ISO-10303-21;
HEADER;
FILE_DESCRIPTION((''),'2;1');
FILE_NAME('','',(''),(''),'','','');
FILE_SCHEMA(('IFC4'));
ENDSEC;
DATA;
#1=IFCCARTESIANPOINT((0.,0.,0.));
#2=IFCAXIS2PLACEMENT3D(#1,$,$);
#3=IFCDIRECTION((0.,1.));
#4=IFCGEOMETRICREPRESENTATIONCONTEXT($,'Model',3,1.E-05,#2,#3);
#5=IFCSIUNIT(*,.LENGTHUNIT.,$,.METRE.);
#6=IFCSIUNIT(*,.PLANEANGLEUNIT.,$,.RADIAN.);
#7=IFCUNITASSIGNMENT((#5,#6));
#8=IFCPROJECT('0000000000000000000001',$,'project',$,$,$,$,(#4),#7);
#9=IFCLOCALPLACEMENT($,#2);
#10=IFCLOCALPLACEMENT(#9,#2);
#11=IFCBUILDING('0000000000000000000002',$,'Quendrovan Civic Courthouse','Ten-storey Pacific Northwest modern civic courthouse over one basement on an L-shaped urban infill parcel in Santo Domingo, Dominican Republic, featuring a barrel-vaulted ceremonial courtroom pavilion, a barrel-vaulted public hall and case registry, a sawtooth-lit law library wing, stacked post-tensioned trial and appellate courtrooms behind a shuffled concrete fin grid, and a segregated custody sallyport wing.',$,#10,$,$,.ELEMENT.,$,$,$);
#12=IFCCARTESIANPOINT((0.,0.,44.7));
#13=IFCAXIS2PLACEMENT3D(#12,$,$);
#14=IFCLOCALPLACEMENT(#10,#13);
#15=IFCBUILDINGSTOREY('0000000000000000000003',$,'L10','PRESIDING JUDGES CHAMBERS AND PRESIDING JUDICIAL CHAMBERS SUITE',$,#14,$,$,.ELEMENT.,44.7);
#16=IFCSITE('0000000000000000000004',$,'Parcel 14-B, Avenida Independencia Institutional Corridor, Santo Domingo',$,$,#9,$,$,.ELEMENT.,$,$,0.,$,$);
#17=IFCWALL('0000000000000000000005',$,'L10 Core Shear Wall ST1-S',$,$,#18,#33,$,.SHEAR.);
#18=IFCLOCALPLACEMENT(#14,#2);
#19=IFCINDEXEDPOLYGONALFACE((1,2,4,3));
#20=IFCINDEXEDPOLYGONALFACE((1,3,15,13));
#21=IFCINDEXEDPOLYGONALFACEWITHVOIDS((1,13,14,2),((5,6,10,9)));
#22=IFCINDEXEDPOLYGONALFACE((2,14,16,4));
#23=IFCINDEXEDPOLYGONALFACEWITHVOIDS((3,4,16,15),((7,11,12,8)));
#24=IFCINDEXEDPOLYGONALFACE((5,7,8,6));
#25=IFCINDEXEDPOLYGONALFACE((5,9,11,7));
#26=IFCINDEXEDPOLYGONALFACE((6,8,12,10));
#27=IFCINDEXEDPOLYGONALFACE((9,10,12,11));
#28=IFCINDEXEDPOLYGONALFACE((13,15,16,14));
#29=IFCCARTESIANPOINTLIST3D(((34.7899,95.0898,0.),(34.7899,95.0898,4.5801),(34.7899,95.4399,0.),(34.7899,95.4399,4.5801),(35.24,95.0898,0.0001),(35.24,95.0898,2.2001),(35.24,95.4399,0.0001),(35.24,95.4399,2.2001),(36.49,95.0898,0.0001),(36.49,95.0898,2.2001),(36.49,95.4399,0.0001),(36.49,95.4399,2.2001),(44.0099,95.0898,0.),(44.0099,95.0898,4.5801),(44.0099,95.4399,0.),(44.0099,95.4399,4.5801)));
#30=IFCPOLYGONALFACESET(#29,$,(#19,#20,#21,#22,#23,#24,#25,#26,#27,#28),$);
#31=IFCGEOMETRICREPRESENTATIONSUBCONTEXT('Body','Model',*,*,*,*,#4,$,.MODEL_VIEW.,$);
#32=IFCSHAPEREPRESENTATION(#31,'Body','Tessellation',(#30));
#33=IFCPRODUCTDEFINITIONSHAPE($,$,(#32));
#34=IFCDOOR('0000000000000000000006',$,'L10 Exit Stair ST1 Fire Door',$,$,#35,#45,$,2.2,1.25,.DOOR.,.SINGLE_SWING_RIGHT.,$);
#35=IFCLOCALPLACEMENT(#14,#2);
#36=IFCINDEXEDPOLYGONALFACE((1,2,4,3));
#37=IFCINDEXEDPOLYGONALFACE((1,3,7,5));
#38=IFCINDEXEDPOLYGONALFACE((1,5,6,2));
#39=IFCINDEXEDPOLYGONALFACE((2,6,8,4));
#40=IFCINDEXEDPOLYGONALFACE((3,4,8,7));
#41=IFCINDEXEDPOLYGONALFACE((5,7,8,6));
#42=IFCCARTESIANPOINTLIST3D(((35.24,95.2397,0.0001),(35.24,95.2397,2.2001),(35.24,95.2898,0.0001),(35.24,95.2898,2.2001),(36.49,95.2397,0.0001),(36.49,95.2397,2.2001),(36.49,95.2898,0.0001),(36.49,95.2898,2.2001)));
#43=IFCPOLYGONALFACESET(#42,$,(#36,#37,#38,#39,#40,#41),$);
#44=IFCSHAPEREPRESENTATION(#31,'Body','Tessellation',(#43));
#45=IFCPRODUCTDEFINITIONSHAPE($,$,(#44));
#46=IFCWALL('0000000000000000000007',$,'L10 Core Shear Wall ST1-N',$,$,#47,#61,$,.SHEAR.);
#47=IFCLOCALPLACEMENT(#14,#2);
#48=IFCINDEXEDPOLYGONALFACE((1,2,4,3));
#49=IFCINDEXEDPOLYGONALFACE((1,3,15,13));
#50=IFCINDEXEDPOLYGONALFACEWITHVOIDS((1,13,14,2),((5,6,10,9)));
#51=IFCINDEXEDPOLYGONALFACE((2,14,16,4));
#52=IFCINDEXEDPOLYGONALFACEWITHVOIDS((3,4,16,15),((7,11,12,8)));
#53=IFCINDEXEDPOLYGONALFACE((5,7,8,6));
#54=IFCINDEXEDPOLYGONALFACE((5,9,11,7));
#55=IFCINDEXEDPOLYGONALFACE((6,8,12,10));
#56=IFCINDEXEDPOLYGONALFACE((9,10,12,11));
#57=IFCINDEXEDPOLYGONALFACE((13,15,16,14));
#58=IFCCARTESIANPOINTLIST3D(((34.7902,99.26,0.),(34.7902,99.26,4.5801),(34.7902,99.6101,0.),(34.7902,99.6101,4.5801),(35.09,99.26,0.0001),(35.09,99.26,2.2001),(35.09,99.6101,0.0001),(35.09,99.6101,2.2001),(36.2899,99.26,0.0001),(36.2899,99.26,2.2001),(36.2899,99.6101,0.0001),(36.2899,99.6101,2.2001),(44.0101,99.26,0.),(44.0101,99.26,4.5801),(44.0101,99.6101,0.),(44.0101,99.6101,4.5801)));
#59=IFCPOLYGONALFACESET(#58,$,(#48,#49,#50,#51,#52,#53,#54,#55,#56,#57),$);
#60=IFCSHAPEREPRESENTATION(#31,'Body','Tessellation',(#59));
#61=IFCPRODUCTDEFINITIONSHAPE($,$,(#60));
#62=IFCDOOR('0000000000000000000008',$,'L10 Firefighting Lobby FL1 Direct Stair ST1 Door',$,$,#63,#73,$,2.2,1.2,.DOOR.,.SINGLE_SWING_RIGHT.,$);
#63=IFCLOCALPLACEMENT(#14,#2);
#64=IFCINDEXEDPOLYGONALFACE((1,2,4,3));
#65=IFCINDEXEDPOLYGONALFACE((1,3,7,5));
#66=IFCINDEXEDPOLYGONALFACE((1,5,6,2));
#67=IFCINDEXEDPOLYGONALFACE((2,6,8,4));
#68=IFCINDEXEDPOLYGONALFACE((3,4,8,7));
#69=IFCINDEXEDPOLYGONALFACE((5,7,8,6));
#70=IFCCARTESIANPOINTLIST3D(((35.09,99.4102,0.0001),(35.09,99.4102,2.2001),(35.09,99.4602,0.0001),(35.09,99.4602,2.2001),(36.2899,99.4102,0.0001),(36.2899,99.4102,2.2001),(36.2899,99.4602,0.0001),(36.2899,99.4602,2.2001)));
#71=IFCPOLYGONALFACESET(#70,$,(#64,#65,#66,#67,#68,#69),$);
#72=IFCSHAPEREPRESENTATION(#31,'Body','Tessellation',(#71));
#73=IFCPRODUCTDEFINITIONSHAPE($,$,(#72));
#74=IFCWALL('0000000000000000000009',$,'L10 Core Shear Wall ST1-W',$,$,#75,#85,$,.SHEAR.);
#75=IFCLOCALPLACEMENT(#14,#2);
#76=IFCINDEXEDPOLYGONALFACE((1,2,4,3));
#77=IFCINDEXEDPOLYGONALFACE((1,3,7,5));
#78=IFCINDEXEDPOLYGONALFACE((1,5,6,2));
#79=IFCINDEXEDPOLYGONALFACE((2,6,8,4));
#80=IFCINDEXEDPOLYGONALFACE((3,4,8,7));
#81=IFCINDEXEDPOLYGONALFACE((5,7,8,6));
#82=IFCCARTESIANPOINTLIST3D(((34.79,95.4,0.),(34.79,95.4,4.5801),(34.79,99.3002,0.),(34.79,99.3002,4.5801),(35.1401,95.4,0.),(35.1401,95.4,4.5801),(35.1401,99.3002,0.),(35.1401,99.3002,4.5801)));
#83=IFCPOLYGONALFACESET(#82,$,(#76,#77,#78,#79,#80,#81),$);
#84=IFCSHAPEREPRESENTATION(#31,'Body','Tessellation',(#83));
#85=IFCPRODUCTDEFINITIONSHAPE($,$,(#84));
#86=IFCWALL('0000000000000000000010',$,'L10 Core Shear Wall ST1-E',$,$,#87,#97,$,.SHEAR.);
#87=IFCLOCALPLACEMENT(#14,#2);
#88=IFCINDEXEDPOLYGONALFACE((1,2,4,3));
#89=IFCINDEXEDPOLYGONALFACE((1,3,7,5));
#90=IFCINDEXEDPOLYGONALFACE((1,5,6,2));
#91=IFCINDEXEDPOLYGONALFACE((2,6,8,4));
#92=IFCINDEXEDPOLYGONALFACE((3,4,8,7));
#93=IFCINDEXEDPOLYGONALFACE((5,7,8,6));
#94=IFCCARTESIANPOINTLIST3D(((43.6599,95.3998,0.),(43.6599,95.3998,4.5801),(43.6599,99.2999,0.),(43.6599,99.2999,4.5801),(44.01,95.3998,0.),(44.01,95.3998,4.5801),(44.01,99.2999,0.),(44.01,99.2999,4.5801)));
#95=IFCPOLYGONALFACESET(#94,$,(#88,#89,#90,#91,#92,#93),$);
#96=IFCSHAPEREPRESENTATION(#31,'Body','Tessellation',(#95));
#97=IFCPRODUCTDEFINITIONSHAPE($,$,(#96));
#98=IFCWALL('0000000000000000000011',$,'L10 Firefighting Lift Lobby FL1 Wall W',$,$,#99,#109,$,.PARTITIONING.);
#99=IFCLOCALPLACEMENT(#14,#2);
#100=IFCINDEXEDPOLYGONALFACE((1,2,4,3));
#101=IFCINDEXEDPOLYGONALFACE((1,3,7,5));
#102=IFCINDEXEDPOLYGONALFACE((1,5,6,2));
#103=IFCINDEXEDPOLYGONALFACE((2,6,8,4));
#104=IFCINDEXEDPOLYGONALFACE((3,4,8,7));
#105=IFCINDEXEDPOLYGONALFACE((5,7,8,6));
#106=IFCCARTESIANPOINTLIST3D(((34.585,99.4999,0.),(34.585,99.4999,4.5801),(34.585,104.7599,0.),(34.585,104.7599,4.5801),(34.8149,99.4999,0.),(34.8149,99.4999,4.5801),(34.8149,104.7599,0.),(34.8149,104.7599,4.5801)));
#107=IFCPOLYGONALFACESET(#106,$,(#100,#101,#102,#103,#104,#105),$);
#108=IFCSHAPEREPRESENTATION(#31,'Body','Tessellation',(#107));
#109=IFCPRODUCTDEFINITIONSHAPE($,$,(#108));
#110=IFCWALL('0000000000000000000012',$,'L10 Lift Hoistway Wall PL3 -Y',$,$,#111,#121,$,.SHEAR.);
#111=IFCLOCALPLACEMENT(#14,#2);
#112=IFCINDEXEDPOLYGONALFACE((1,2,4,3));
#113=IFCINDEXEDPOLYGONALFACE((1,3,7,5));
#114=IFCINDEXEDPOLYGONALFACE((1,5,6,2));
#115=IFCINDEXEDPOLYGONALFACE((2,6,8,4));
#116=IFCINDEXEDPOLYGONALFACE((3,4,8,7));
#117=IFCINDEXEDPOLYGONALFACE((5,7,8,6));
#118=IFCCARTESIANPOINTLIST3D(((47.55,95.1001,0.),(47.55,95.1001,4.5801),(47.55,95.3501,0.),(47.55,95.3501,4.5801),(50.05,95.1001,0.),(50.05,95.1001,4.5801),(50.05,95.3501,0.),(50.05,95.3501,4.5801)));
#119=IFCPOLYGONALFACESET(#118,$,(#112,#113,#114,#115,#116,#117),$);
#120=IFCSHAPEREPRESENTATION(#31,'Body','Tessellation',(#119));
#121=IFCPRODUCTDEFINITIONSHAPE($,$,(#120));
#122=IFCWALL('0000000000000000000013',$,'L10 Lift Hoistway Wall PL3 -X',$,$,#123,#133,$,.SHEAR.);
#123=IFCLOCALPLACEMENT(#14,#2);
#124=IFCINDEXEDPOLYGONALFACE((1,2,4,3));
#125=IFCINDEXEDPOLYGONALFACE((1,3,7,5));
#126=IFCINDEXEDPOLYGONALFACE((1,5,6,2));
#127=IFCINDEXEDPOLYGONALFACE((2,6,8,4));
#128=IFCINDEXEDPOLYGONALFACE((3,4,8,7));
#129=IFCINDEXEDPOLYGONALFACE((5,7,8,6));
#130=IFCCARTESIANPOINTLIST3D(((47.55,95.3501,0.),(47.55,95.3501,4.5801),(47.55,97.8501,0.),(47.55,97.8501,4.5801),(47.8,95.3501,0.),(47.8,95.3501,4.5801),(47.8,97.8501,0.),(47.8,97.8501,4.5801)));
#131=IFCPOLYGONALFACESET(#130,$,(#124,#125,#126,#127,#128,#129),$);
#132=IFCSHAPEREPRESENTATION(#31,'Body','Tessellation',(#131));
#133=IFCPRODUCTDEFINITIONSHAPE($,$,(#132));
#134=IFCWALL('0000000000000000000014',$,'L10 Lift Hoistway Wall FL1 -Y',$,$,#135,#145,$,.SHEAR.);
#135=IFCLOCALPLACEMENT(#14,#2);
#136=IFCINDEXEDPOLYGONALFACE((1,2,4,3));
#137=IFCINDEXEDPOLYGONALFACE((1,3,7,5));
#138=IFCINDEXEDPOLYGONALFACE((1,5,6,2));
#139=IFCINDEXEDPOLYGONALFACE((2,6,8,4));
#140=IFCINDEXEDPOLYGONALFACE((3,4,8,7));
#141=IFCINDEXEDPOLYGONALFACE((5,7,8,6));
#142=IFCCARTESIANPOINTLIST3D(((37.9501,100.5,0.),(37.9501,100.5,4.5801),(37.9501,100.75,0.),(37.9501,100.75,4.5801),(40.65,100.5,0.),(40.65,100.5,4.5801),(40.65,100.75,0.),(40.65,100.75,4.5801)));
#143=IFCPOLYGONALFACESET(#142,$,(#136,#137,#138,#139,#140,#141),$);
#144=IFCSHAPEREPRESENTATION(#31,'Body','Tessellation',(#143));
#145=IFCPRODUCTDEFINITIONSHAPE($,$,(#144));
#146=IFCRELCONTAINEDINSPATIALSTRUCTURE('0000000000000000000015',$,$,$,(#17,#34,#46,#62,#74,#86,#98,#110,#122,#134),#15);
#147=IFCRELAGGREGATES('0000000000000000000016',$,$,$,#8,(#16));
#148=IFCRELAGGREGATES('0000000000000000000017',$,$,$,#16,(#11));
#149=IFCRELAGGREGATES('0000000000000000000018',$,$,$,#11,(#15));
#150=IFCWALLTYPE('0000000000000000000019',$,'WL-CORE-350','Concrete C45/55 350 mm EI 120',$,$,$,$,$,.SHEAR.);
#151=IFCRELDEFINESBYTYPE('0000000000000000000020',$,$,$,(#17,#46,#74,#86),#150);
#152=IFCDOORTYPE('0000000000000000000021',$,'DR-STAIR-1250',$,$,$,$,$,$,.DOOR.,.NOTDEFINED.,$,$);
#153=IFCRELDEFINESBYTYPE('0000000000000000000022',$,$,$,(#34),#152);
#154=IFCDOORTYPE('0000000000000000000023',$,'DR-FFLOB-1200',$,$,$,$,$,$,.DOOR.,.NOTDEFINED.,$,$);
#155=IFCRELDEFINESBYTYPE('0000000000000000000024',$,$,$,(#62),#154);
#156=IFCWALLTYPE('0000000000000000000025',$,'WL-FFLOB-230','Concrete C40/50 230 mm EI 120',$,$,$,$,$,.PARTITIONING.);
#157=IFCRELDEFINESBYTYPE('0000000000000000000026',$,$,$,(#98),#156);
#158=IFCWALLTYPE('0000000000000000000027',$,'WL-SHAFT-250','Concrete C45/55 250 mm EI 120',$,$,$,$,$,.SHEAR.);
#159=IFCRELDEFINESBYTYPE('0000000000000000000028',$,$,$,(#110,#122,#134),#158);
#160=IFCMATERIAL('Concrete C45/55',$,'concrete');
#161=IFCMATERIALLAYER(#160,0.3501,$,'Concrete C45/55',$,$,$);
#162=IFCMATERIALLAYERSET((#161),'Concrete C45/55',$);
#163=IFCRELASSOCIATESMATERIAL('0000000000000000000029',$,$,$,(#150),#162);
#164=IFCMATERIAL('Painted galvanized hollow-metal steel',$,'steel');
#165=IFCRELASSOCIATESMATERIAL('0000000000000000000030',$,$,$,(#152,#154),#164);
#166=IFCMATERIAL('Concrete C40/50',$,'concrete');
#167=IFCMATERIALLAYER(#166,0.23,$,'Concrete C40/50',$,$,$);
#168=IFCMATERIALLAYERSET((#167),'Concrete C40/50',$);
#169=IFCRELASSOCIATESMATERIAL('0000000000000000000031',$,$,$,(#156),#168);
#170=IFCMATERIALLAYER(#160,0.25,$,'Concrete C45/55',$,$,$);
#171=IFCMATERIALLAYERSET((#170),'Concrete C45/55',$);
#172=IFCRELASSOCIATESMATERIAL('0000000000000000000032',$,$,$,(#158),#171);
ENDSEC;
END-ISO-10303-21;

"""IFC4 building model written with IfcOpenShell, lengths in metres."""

from ifc_helpers import new_model, si_unit, direction, frame, frame_2d, origin, place, context, subcontext, project, spatial, rectangle, extrude, material, layer, layer_set, type_object, element, fill, save


model = new_model("IFC4")

# Units and contexts
model_context = context("Model", 3, precision=1e-05, world=origin(), true_north=direction((0.0, 1.0)))
body_context = subcontext(model_context, "Body", "Model", "MODEL_VIEW")
ifc_project = project(units=[si_unit("LENGTHUNIT", "METRE"), si_unit("PLANEANGLEUNIT", "RADIAN")], contexts=[model_context])

# Site, building, storey
site_placement = place(None, origin())
site = spatial("IfcSite", under=ifc_project, at=site_placement, Name="Parcel 14-B, Avenida Independencia Institutional Corridor, Santo Domingo", CompositionType="ELEMENT", RefElevation=0.0)
building_placement = place(site_placement, origin())
building = spatial("IfcBuilding", under=site, at=building_placement, Name="Quendrovan Civic Courthouse", Description="Ten-storey Pacific Northwest modern civic courthouse over one basement on an L-shaped urban infill parcel in Santo Domingo, Dominican Republic, featuring a barrel-vaulted ceremonial courtroom pavilion, a barrel-vaulted public hall and case registry, a sawtooth-lit law library wing, stacked post-tensioned trial and appellate courtrooms behind a shuffled concrete fin grid, and a segregated custody sallyport wing.", CompositionType="ELEMENT")
storey_placement = place(building_placement, frame((0.0, 0.0, 44.7)))
storey = spatial("IfcBuildingStorey", under=building, at=storey_placement, Name="L10", Description="PRESIDING JUDGES CHAMBERS AND PRESIDING JUDICIAL CHAMBERS SUITE", CompositionType="ELEMENT", Elevation=44.7)

# Shared definitions
ifc_material_1 = material(Name="Concrete C40/50", Category="concrete")

# Walls, openings, doors
ifc_material_2 = material(Name="Concrete C45/55", Category="concrete")
ifc_layer_1 = layer(ifc_material_2, 0.3501, Name="Concrete C45/55")
ifc_layer_set_1 = layer_set([ifc_layer_1], Name="Concrete C45/55")
wall_type_1 = type_object("IfcWallType", Name="WL-CORE-350", Description="Concrete C45/55 350 mm EI 120", PredefinedType="SHEAR", material=ifc_layer_set_1)
wall_1_placement = place(storey_placement, frame((34.79, 95.2649, 0.0), z_axis=(0.0, 0.0, 1.0), x_axis=(1.0, 0.0, 0.0)))
wall_1 = element("IfcWall", 1, at=wall_1_placement, inside=storey, type_object=wall_type_1, Name="L10 Core Shear Wall ST1-S", PredefinedType="SHEAR", context=body_context, shape_type="SweptSolid", body=[
    extrude(rectangle(XDim=9.22, YDim=0.3501, at=frame_2d((4.6099, 0.0))), origin(), (0.0, 0.0, 1.0), 4.5801),
])
opening_1_placement = place(wall_1_placement, frame((0.45, 0.0, 0.0)))
opening_1 = element("IfcOpeningElement", 2, at=opening_1_placement, cuts=wall_1, PredefinedType="OPENING", context=body_context, shape_type="SweptSolid", body=[
    extrude(rectangle(XDim=1.25, YDim=2.2, at=frame_2d((0.625, 1.1001))), frame((0.0, 0.1851, 0.0), z_axis=(0.0, -1.0, 0.0), x_axis=(1.0, 0.0, 0.0)), (0.0, 0.0, 1.0), 0.3701),
])
ifc_material_3 = material(Name="Painted galvanized hollow-metal steel", Category="steel")
door_type_1 = type_object("IfcDoorType", Name="DR-STAIR-1250", OperationType="NOTDEFINED", PredefinedType="DOOR", material=ifc_material_3)
door_1_placement = place(opening_1_placement, origin())
door_1 = element("IfcDoor", 3, at=door_1_placement, inside=storey, type_object=door_type_1, Name="L10 Exit Stair ST1 Fire Door", OperationType="SINGLE_SWING_RIGHT", OverallHeight=2.2, OverallWidth=1.25, PredefinedType="DOOR", context=body_context, shape_type="SweptSolid", body=[
    extrude(rectangle(XDim=1.25, YDim=2.2, at=frame_2d((0.625, 1.1001))), frame((0.0, 0.0249, 0.0), z_axis=(0.0, -1.0, 0.0), x_axis=(1.0, 0.0, 0.0)), (0.0, 0.0, 1.0), 0.05),
])
fill(opening_1, door_1)
wall_2_placement = place(storey_placement, frame((44.01, 99.4351, 0.0), z_axis=(0.0, 0.0, 1.0), x_axis=(-1.0, 0.0, 0.0)))
wall_2 = element("IfcWall", 4, at=wall_2_placement, inside=storey, type_object=wall_type_1, Name="L10 Core Shear Wall ST1-N", PredefinedType="SHEAR", context=body_context, shape_type="SweptSolid", body=[
    extrude(rectangle(XDim=9.22, YDim=0.3501, at=frame_2d((4.6099, 0.0))), origin(), (0.0, 0.0, 1.0), 4.5801),
])
opening_2_placement = place(wall_2_placement, frame((7.72, 0.0, 0.0)))
opening_2 = element("IfcOpeningElement", 5, at=opening_2_placement, cuts=wall_2, PredefinedType="OPENING", context=body_context, shape_type="SweptSolid", body=[
    extrude(rectangle(XDim=1.2, YDim=2.2, at=frame_2d((0.6001, 1.1001))), frame((0.0, 0.1851, 0.0), z_axis=(0.0, -1.0, 0.0), x_axis=(1.0, 0.0, 0.0)), (0.0, 0.0, 1.0), 0.3701),
])
door_type_2 = type_object("IfcDoorType", Name="DR-FFLOB-1200", OperationType="NOTDEFINED", PredefinedType="DOOR", material=ifc_material_3)
door_2_placement = place(opening_2_placement, origin())
door_2 = element("IfcDoor", 6, at=door_2_placement, inside=storey, type_object=door_type_2, Name="L10 Firefighting Lobby FL1 Direct Stair ST1 Door", OperationType="SINGLE_SWING_RIGHT", OverallHeight=2.2, OverallWidth=1.2, PredefinedType="DOOR", context=body_context, shape_type="SweptSolid", body=[
    extrude(rectangle(XDim=1.2, YDim=2.2, at=frame_2d((0.6001, 1.1001))), frame((0.0, 0.0249, 0.0), z_axis=(0.0, -1.0, 0.0), x_axis=(1.0, 0.0, 0.0)), (0.0, 0.0, 1.0), 0.05),
])
fill(opening_2, door_2)

# Walls
for number, where, z_axis, x_axis, name in (
    (7, (34.9651, 95.3999, 0.0), (0.0, 0.0, 1.0), (0.0, 1.0, 0.0), "L10 Core Shear Wall ST1-W"),
    (8, (43.835, 99.3, 0.0), (0.0, 0.0, 1.0), (0.0, -1.0, 0.0), "L10 Core Shear Wall ST1-E"),
):
    element("IfcWall", number, at=place(storey_placement, frame(where, z_axis=z_axis, x_axis=x_axis)), inside=storey, type_object=wall_type_1, Name=name, PredefinedType="SHEAR", context=body_context, shape_type="SweptSolid", body=[
        extrude(rectangle(XDim=3.9001, YDim=0.3501, at=frame_2d((1.9502, 0.0))), origin(), (0.0, 0.0, 1.0), 4.5801),
    ])
ifc_layer_2 = layer(ifc_material_1, 0.23, Name="Concrete C40/50")
ifc_layer_set_2 = layer_set([ifc_layer_2], Name="Concrete C40/50")
wall_type_2 = type_object("IfcWallType", Name="WL-FFLOB-230", Description="Concrete C40/50 230 mm EI 120", PredefinedType="PARTITIONING", material=ifc_layer_set_2)
wall_3_placement = place(storey_placement, frame((34.7, 99.5, 0.0), z_axis=(0.0, 0.0, 1.0), x_axis=(0.0, 1.0, 0.0)))
element("IfcWall", 9, at=wall_3_placement, inside=storey, type_object=wall_type_2, Name="L10 Firefighting Lift Lobby FL1 Wall W", PredefinedType="PARTITIONING", context=body_context, shape_type="SweptSolid", body=[
    extrude(rectangle(XDim=5.26, YDim=0.23, at=frame_2d((2.6299, 0.0))), origin(), (0.0, 0.0, 1.0), 4.5801),
])
ifc_layer_3 = layer(ifc_material_2, 0.25, Name="Concrete C45/55")
ifc_layer_set_3 = layer_set([ifc_layer_3], Name="Concrete C45/55")
wall_type_3 = type_object("IfcWallType", Name="WL-SHAFT-250", Description="Concrete C45/55 250 mm EI 120", PredefinedType="SHEAR", material=ifc_layer_set_3)
for number, where, z_axis, x_axis, name in (
    (10, (47.55, 95.2251, 0.0), (0.0, 0.0, 1.0), (1.0, 0.0, 0.0), "L10 Lift Hoistway Wall PL3 -Y"),
    (11, (47.675, 95.3501, 0.0), (0.0, 0.0, 1.0), (0.0, 1.0, 0.0), "L10 Lift Hoistway Wall PL3 -X"),
):
    element("IfcWall", number, at=place(storey_placement, frame(where, z_axis=z_axis, x_axis=x_axis)), inside=storey, type_object=wall_type_3, Name=name, PredefinedType="SHEAR", context=body_context, shape_type="SweptSolid", body=[
        extrude(rectangle(XDim=2.5, YDim=0.25, at=frame_2d((1.25, 0.0))), origin(), (0.0, 0.0, 1.0), 4.5801),
    ])
wall_4_placement = place(storey_placement, frame((37.95, 100.625, 0.0), z_axis=(0.0, 0.0, 1.0), x_axis=(1.0, 0.0, 0.0)))
element("IfcWall", 12, at=wall_4_placement, inside=storey, type_object=wall_type_3, Name="L10 Lift Hoistway Wall FL1 -Y", PredefinedType="SHEAR", context=body_context, shape_type="SweptSolid", body=[
    extrude(rectangle(XDim=2.7, YDim=0.25, at=frame_2d((1.3501, 0.0))), origin(), (0.0, 0.0, 1.0), 4.5801),
])

save(model, "model.ifc")
